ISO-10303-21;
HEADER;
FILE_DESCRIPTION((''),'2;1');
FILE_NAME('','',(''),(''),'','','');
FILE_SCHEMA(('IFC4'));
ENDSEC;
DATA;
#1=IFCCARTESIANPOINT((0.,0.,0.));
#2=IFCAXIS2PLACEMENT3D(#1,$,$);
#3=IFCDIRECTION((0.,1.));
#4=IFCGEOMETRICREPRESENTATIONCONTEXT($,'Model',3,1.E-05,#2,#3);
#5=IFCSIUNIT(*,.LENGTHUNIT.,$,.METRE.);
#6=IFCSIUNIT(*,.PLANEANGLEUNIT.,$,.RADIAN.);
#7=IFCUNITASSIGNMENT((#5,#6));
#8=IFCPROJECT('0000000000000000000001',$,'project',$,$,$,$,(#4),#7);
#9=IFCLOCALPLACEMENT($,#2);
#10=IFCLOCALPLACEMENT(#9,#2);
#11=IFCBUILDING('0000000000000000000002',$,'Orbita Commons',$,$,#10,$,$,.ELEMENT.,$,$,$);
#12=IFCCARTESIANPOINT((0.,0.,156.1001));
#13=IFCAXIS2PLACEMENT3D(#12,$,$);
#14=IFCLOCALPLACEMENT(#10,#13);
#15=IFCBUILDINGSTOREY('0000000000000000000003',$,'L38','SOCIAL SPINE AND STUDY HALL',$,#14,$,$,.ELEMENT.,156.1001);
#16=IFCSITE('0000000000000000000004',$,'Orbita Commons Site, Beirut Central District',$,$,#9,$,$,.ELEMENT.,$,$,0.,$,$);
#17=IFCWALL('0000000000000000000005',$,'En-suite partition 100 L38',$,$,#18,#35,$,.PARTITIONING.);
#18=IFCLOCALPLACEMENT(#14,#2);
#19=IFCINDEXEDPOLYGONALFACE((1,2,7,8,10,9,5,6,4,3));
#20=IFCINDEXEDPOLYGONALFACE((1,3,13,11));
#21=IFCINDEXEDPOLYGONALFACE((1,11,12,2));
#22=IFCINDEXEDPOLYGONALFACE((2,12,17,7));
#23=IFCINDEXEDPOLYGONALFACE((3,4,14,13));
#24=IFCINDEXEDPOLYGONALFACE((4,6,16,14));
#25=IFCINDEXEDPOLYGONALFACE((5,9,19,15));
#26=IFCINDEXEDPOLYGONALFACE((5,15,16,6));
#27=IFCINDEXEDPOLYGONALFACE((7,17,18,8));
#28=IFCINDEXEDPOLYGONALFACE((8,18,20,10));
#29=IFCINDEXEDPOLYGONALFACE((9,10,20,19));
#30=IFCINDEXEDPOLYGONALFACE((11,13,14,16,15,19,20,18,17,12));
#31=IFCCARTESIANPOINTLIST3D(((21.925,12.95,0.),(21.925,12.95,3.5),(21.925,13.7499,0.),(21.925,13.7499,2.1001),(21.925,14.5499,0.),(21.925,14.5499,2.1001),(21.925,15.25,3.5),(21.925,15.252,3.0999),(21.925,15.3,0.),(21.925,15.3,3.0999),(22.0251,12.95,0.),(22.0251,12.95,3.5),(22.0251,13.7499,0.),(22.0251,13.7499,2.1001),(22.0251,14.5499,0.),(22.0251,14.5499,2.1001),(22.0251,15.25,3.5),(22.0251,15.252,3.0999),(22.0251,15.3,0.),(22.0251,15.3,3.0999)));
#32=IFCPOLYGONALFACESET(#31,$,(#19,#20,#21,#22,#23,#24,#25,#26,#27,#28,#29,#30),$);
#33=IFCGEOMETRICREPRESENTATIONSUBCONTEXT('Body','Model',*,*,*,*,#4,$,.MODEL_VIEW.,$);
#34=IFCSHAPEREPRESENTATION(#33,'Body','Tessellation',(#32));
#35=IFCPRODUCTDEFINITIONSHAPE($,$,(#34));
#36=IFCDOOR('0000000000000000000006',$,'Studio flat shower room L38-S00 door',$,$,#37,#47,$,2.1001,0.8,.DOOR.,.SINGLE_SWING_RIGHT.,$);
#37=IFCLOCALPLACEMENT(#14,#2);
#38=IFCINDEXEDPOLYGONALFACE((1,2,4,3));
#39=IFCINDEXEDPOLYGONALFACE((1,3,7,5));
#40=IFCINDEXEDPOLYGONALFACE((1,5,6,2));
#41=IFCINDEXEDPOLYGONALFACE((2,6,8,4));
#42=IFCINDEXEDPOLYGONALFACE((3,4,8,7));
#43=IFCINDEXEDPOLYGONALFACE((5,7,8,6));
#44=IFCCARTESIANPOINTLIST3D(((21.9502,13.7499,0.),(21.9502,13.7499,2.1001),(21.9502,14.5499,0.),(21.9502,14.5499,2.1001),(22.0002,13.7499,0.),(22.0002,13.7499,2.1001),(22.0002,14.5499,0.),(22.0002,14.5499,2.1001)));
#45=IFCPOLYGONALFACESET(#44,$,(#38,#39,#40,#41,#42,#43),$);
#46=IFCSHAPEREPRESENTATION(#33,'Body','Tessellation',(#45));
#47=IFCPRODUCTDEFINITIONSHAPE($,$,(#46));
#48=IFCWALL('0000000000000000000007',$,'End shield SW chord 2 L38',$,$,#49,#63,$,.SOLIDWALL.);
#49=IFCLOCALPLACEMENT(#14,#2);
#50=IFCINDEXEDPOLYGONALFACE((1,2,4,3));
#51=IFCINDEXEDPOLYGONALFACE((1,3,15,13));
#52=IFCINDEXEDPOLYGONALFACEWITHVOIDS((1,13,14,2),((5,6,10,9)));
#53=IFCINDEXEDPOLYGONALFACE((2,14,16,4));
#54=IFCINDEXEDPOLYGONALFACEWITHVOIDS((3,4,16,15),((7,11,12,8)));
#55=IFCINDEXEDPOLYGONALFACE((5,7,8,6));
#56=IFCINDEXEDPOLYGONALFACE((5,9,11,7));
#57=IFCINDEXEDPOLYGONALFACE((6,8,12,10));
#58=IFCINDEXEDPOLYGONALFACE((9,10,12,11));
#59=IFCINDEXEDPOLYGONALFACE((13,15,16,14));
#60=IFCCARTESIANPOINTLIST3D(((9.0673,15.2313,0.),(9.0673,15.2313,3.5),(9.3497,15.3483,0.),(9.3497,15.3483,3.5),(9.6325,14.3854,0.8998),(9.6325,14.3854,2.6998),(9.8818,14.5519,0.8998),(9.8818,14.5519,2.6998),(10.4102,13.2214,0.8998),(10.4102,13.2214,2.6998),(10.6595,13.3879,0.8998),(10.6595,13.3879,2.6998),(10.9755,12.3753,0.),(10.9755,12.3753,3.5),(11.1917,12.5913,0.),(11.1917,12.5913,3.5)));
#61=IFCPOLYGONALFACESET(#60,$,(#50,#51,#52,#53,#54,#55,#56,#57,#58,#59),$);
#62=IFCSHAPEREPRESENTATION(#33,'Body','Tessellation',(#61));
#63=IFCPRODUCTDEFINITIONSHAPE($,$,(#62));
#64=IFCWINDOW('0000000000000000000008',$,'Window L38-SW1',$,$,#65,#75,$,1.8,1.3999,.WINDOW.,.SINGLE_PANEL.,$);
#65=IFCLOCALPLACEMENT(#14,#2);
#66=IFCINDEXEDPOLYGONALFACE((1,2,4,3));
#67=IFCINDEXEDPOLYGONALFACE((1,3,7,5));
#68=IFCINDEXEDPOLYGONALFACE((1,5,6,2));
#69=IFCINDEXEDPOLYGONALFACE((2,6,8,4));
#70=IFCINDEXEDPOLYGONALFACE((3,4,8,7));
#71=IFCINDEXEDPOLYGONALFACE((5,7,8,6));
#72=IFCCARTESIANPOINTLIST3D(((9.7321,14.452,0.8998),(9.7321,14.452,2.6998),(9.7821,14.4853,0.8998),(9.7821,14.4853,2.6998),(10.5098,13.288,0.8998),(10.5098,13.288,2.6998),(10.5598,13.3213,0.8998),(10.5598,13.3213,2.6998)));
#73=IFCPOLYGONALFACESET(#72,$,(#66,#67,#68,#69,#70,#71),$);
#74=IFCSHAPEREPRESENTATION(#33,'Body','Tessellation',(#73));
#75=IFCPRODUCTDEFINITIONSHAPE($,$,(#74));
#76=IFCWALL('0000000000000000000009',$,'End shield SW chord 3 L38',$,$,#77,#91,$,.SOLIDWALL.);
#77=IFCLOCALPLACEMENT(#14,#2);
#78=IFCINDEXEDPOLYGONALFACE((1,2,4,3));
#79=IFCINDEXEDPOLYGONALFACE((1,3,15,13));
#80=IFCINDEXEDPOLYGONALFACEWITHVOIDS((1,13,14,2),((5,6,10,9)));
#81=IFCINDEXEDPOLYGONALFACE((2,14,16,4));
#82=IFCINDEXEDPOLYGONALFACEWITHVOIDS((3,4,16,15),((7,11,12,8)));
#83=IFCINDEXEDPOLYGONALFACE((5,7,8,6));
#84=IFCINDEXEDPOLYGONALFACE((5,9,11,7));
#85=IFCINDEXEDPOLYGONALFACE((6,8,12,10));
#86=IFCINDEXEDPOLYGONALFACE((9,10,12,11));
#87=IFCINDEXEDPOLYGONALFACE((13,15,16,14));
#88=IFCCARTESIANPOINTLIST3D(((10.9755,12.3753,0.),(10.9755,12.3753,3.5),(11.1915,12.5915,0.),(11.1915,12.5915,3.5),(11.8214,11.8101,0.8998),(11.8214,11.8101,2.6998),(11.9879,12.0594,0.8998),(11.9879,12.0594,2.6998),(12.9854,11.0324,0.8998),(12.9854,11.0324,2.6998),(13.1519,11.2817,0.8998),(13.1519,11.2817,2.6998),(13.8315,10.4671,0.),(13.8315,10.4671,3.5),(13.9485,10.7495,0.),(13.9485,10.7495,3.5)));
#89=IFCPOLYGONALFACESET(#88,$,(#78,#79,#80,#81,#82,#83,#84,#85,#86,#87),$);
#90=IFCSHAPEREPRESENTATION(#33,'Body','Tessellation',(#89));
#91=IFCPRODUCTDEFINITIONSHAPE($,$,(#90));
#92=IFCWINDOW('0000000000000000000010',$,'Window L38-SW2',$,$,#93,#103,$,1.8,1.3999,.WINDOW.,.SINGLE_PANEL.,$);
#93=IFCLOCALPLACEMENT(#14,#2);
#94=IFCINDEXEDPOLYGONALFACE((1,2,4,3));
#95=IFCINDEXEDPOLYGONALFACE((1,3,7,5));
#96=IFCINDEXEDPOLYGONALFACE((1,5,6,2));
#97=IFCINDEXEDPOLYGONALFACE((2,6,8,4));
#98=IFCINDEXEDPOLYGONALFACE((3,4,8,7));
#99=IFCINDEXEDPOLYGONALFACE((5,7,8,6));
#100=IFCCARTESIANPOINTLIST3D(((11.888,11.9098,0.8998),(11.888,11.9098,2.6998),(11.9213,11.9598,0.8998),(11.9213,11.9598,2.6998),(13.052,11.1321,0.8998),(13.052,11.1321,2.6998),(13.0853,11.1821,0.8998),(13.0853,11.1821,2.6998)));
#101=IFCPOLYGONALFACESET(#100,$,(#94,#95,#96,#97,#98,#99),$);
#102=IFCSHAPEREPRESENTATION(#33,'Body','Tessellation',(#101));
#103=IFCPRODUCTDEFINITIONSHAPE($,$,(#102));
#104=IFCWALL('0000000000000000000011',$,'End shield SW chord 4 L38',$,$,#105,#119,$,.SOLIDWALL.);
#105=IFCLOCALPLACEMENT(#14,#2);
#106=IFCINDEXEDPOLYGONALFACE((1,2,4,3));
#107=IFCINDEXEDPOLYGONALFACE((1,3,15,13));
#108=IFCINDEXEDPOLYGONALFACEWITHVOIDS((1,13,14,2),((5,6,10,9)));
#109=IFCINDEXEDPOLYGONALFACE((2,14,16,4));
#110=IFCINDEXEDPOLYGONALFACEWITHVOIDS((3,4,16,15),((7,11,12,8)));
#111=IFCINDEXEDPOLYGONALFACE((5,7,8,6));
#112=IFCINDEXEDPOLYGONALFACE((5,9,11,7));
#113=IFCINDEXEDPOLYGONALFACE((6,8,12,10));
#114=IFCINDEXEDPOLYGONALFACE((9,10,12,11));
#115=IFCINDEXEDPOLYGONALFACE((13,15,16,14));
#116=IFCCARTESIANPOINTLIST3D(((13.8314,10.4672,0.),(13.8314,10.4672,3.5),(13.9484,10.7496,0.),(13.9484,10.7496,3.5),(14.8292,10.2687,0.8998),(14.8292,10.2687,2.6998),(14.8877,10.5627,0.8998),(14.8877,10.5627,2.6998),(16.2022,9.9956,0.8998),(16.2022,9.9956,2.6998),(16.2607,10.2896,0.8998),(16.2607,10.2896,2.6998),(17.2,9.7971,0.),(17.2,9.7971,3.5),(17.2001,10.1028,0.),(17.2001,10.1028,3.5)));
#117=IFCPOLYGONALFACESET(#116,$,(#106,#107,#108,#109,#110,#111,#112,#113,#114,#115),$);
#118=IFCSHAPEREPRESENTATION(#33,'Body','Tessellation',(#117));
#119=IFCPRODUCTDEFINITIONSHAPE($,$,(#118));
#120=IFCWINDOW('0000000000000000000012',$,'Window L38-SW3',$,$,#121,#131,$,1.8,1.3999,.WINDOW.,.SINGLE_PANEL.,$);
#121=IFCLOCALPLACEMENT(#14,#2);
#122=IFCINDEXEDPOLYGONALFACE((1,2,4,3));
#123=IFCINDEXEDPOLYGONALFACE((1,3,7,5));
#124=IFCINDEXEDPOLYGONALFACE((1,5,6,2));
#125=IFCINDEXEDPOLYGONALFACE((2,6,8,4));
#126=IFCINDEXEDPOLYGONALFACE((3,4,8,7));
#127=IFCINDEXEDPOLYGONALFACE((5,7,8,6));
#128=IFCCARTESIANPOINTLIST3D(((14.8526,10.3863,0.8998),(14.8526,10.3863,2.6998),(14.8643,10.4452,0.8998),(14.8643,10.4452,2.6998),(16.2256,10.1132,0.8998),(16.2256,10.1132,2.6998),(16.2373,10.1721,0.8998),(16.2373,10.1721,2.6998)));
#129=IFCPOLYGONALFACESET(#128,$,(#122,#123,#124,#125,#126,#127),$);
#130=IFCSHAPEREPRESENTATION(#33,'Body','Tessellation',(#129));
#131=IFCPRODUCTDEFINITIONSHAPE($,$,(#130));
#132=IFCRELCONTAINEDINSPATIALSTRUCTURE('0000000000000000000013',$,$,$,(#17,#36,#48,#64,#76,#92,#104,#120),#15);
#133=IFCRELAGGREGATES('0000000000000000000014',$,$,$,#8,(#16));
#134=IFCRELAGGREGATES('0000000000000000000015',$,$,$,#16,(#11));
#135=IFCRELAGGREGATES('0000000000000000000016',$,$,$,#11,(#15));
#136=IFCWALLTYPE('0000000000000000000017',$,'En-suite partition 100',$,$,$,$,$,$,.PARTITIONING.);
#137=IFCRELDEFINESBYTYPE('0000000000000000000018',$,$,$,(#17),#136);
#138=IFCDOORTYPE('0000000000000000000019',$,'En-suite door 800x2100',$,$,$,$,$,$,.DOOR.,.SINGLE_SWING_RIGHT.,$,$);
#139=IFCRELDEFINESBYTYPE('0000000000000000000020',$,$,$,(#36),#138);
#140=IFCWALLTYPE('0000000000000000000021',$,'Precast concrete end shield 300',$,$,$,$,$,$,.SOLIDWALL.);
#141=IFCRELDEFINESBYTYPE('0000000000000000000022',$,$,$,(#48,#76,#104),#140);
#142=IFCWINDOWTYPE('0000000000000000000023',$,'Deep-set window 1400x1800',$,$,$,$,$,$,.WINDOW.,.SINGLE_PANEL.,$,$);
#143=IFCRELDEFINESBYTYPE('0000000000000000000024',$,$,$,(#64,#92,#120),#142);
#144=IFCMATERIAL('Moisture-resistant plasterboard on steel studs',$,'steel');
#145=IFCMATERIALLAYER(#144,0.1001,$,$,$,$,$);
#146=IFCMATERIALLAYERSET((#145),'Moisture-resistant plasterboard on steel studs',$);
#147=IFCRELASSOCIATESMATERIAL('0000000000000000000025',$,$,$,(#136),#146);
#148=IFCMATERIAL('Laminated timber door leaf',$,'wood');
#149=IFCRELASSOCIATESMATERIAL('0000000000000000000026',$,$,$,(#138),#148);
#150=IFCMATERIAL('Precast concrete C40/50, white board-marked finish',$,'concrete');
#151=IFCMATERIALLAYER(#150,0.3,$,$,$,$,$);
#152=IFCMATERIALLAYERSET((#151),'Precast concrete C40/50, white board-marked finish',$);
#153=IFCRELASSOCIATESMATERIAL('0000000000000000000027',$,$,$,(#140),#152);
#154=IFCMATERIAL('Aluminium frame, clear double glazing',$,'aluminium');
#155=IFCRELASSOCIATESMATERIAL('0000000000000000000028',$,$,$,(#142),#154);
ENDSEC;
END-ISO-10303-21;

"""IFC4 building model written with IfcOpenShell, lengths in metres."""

from ifc_helpers import new_model, si_unit, direction, frame, frame_2d, origin, place, context, subcontext, project, spatial, polyline, rectangle, outline, extrude, material, layer, layer_set, type_object, element, fill, save


model = new_model("IFC4")

# Units and contexts
model_context = context("Model", 3, precision=1e-05, world=origin(), true_north=direction((0.0, 1.0)))
body_context = subcontext(model_context, "Body", "Model", "MODEL_VIEW")
ifc_project = project(units=[si_unit("LENGTHUNIT", "METRE"), si_unit("PLANEANGLEUNIT", "RADIAN")], contexts=[model_context])

# Site, building, storey
site_placement = place(None, origin())
site = spatial("IfcSite", under=ifc_project, at=site_placement, Name="Orbita Commons Site, Beirut Central District", CompositionType="ELEMENT", RefElevation=0.0)
building_placement = place(site_placement, origin())
building = spatial("IfcBuilding", under=site, at=building_placement, Name="Orbita Commons", CompositionType="ELEMENT")
storey_placement = place(building_placement, frame((0.0, 0.0, 156.1001)))
storey = spatial("IfcBuildingStorey", under=building, at=storey_placement, Name="L38", Description="SOCIAL SPINE AND STUDY HALL", CompositionType="ELEMENT", Elevation=156.1001)

# Shared definitions
ifc_material_1 = material(Name="Moisture-resistant plasterboard on steel studs", Category="steel")
ifc_layer_1 = layer(ifc_material_1, 0.1001)
ifc_layer_set_1 = layer_set([ifc_layer_1], Name="Moisture-resistant plasterboard on steel studs")
wall_type_1 = type_object("IfcWallType", Name="En-suite partition 100", PredefinedType="PARTITIONING", material=ifc_layer_set_1)
ifc_material_2 = material(Name="Laminated timber door leaf", Category="wood")
door_type_1 = type_object("IfcDoorType", Name="En-suite door 800x2100", OperationType="SINGLE_SWING_RIGHT", PredefinedType="DOOR", material=ifc_material_2)

# Wall, opening, door
wall_1_placement = place(storey_placement, frame((21.9751, 12.95, 0.0), z_axis=(0.0, 0.0, 1.0), x_axis=(0.0, 1.0, 0.0)))
wall_1 = element("IfcWall", 1, at=wall_1_placement, inside=storey, type_object=wall_type_1, Name="En-suite partition 100 L38", PredefinedType="PARTITIONING", context=body_context, shape_type="SweptSolid", body=[
    extrude(outline(polyline([(0.0, 0.0), (2.3501, 0.0), (2.3501, 3.0999), (2.302, 3.0999), (2.3, 3.5), (0.0, 3.5), (0.0, 0.0)])), frame((0.0, 0.05, 0.0), z_axis=(0.0, -1.0, 0.0), x_axis=(1.0, 0.0, 0.0)), (0.0, 0.0, 1.0), 0.1001),
])
opening_1_placement = place(wall_1_placement, frame((0.8, 0.0, 0.0)))
opening_1 = element("IfcOpeningElement", 2, at=opening_1_placement, cuts=wall_1, PredefinedType="OPENING", context=body_context, shape_type="SweptSolid", body=[
    extrude(rectangle(XDim=0.8, YDim=2.1001, at=frame_2d((0.3999, 1.05))), frame((0.0, 0.0601, 0.0), z_axis=(0.0, -1.0, 0.0), x_axis=(1.0, 0.0, 0.0)), (0.0, 0.0, 1.0), 0.1201),
])
door_1_placement = place(opening_1_placement, origin())
door_1 = element("IfcDoor", 3, at=door_1_placement, inside=storey, type_object=door_type_1, Name="Studio flat shower room L38-S00 door", OperationType="SINGLE_SWING_RIGHT", OverallHeight=2.1001, OverallWidth=0.8, PredefinedType="DOOR", context=body_context, shape_type="SweptSolid", body=[
    extrude(rectangle(XDim=0.8, YDim=2.1001, at=frame_2d((0.3999, 1.05))), frame((0.0, 0.0249, 0.0), z_axis=(0.0, -1.0, 0.0), x_axis=(1.0, 0.0, 0.0)), (0.0, 0.0, 1.0), 0.05),
])
fill(opening_1, door_1)

# Walls, openings, windows
ifc_material_3 = material(Name="Precast concrete C40/50, white board-marked finish", Category="concrete")
ifc_layer_2 = layer(ifc_material_3, 0.3)
ifc_layer_set_2 = layer_set([ifc_layer_2], Name="Precast concrete C40/50, white board-marked finish")
wall_type_2 = type_object("IfcWallType", Name="Precast concrete end shield 300", PredefinedType="SOLIDWALL", material=ifc_layer_set_2)
wall_2_placement = place(storey_placement, frame((9.2085, 15.2898, 0.0), z_axis=(0.0, 0.0, 1.0), x_axis=(0.555535, -0.831493, 0.0)))
wall_2 = element("IfcWall", 4, at=wall_2_placement, inside=storey, type_object=wall_type_2, Name="End shield SW chord 2 L38", PredefinedType="SOLIDWALL", context=body_context, shape_type="SweptSolid", body=[
    extrude(outline(polyline([(-0.0298, -0.1499), (3.405, -0.1499), (3.3455, 0.1499), (0.0298, 0.1499), (-0.0298, -0.1499)])), origin(), (0.0, 0.0, 1.0), 3.5),
])
opening_2_placement = place(wall_2_placement, frame((0.9875, 0.0, 0.8999)))
opening_2 = element("IfcOpeningElement", 5, at=opening_2_placement, cuts=wall_2, PredefinedType="OPENING", context=body_context, shape_type="SweptSolid", body=[
    extrude(rectangle(XDim=1.3999, YDim=1.8, at=frame_2d((0.7, 0.8999))), frame((0.0, 0.1599, 0.0), z_axis=(0.0, -1.0, 0.0), x_axis=(1.0, 0.0, 0.0)), (0.0, 0.0, 1.0), 0.3201),
])
ifc_material_4 = material(Name="Aluminium frame, clear double glazing", Category="aluminium")
window_type = type_object("IfcWindowType", Name="Deep-set window 1400x1800", PartitioningType="SINGLE_PANEL", PredefinedType="WINDOW", material=ifc_material_4)
window_1_placement = place(opening_2_placement, origin())
window_1 = element("IfcWindow", 6, at=window_1_placement, inside=storey, type_object=window_type, Name="Window L38-SW1", OverallHeight=1.8, OverallWidth=1.3999, PartitioningType="SINGLE_PANEL", PredefinedType="WINDOW", context=body_context, shape_type="SweptSolid", body=[
    extrude(rectangle(XDim=1.3999, YDim=1.8, at=frame_2d((0.7, 0.8999))), frame((0.0, 0.03, 0.0), z_axis=(0.0, -1.0, 0.0), x_axis=(1.0, 0.0, 0.0)), (0.0, 0.0, 1.0), 0.0601),
])
fill(opening_2, window_1)
wall_3_placement = place(storey_placement, frame((11.0835, 12.4834, 0.0), z_axis=(0.0, 0.0, 1.0), x_axis=(0.831493, -0.555535, 0.0)))
wall_3 = element("IfcWall", 7, at=wall_3_placement, inside=storey, type_object=wall_type_2, Name="End shield SW chord 3 L38", PredefinedType="SOLIDWALL", context=body_context, shape_type="SweptSolid", body=[
    extrude(outline(polyline([(-0.0298, -0.1499), (3.405, -0.1499), (3.3455, 0.1499), (0.0298, 0.1499), (-0.0298, -0.1499)])), origin(), (0.0, 0.0, 1.0), 3.5),
])
opening_3_placement = place(wall_3_placement, frame((0.9875, 0.0, 0.8999)))
opening_3 = element("IfcOpeningElement", 8, at=opening_3_placement, cuts=wall_3, PredefinedType="OPENING", context=body_context, shape_type="SweptSolid", body=[
    extrude(rectangle(XDim=1.3999, YDim=1.8, at=frame_2d((0.7, 0.8999))), frame((0.0, 0.1599, 0.0), z_axis=(0.0, -1.0, 0.0), x_axis=(1.0, 0.0, 0.0)), (0.0, 0.0, 1.0), 0.3201),
])
window_2_placement = place(opening_3_placement, origin())
window_2 = element("IfcWindow", 9, at=window_2_placement, inside=storey, type_object=window_type, Name="Window L38-SW2", OverallHeight=1.8, OverallWidth=1.3999, PartitioningType="SINGLE_PANEL", PredefinedType="WINDOW", context=body_context, shape_type="SweptSolid", body=[
    extrude(rectangle(XDim=1.3999, YDim=1.8, at=frame_2d((0.7, 0.8999))), frame((0.0, 0.03, 0.0), z_axis=(0.0, -1.0, 0.0), x_axis=(1.0, 0.0, 0.0)), (0.0, 0.0, 1.0), 0.0601),
])
fill(opening_3, window_2)
wall_4_placement = place(storey_placement, frame((13.8899, 10.6084, 0.0), z_axis=(0.0, 0.0, 1.0), x_axis=(0.980783, -0.1951, 0.0)))
wall_4 = element("IfcWall", 10, at=wall_4_placement, inside=storey, type_object=wall_type_2, Name="End shield SW chord 4 L38", PredefinedType="SOLIDWALL", context=body_context, shape_type="SweptSolid", body=[
    extrude(outline(polyline([(-0.0298, -0.1499), (3.4048, -0.1499), (3.3452, 0.1499), (0.0298, 0.1499), (-0.0298, -0.1499)])), origin(), (0.0, 0.0, 1.0), 3.5),
])
opening_4_placement = place(wall_4_placement, frame((0.9875, 0.0, 0.8999)))
opening_4 = element("IfcOpeningElement", 11, at=opening_4_placement, cuts=wall_4, PredefinedType="OPENING", context=body_context, shape_type="SweptSolid", body=[
    extrude(rectangle(XDim=1.3999, YDim=1.8, at=frame_2d((0.7, 0.8999))), frame((0.0, 0.1599, 0.0), z_axis=(0.0, -1.0, 0.0), x_axis=(1.0, 0.0, 0.0)), (0.0, 0.0, 1.0), 0.3201),
])
window_3_placement = place(opening_4_placement, origin())
window_3 = element("IfcWindow", 12, at=window_3_placement, inside=storey, type_object=window_type, Name="Window L38-SW3", OverallHeight=1.8, OverallWidth=1.3999, PartitioningType="SINGLE_PANEL", PredefinedType="WINDOW", context=body_context, shape_type="SweptSolid", body=[
    extrude(rectangle(XDim=1.3999, YDim=1.8, at=frame_2d((0.7, 0.8999))), frame((0.0, 0.03, 0.0), z_axis=(0.0, -1.0, 0.0), x_axis=(1.0, 0.0, 0.0)), (0.0, 0.0, 1.0), 0.0601),
])
fill(opening_4, window_3)

save(model, "model.ifc")
